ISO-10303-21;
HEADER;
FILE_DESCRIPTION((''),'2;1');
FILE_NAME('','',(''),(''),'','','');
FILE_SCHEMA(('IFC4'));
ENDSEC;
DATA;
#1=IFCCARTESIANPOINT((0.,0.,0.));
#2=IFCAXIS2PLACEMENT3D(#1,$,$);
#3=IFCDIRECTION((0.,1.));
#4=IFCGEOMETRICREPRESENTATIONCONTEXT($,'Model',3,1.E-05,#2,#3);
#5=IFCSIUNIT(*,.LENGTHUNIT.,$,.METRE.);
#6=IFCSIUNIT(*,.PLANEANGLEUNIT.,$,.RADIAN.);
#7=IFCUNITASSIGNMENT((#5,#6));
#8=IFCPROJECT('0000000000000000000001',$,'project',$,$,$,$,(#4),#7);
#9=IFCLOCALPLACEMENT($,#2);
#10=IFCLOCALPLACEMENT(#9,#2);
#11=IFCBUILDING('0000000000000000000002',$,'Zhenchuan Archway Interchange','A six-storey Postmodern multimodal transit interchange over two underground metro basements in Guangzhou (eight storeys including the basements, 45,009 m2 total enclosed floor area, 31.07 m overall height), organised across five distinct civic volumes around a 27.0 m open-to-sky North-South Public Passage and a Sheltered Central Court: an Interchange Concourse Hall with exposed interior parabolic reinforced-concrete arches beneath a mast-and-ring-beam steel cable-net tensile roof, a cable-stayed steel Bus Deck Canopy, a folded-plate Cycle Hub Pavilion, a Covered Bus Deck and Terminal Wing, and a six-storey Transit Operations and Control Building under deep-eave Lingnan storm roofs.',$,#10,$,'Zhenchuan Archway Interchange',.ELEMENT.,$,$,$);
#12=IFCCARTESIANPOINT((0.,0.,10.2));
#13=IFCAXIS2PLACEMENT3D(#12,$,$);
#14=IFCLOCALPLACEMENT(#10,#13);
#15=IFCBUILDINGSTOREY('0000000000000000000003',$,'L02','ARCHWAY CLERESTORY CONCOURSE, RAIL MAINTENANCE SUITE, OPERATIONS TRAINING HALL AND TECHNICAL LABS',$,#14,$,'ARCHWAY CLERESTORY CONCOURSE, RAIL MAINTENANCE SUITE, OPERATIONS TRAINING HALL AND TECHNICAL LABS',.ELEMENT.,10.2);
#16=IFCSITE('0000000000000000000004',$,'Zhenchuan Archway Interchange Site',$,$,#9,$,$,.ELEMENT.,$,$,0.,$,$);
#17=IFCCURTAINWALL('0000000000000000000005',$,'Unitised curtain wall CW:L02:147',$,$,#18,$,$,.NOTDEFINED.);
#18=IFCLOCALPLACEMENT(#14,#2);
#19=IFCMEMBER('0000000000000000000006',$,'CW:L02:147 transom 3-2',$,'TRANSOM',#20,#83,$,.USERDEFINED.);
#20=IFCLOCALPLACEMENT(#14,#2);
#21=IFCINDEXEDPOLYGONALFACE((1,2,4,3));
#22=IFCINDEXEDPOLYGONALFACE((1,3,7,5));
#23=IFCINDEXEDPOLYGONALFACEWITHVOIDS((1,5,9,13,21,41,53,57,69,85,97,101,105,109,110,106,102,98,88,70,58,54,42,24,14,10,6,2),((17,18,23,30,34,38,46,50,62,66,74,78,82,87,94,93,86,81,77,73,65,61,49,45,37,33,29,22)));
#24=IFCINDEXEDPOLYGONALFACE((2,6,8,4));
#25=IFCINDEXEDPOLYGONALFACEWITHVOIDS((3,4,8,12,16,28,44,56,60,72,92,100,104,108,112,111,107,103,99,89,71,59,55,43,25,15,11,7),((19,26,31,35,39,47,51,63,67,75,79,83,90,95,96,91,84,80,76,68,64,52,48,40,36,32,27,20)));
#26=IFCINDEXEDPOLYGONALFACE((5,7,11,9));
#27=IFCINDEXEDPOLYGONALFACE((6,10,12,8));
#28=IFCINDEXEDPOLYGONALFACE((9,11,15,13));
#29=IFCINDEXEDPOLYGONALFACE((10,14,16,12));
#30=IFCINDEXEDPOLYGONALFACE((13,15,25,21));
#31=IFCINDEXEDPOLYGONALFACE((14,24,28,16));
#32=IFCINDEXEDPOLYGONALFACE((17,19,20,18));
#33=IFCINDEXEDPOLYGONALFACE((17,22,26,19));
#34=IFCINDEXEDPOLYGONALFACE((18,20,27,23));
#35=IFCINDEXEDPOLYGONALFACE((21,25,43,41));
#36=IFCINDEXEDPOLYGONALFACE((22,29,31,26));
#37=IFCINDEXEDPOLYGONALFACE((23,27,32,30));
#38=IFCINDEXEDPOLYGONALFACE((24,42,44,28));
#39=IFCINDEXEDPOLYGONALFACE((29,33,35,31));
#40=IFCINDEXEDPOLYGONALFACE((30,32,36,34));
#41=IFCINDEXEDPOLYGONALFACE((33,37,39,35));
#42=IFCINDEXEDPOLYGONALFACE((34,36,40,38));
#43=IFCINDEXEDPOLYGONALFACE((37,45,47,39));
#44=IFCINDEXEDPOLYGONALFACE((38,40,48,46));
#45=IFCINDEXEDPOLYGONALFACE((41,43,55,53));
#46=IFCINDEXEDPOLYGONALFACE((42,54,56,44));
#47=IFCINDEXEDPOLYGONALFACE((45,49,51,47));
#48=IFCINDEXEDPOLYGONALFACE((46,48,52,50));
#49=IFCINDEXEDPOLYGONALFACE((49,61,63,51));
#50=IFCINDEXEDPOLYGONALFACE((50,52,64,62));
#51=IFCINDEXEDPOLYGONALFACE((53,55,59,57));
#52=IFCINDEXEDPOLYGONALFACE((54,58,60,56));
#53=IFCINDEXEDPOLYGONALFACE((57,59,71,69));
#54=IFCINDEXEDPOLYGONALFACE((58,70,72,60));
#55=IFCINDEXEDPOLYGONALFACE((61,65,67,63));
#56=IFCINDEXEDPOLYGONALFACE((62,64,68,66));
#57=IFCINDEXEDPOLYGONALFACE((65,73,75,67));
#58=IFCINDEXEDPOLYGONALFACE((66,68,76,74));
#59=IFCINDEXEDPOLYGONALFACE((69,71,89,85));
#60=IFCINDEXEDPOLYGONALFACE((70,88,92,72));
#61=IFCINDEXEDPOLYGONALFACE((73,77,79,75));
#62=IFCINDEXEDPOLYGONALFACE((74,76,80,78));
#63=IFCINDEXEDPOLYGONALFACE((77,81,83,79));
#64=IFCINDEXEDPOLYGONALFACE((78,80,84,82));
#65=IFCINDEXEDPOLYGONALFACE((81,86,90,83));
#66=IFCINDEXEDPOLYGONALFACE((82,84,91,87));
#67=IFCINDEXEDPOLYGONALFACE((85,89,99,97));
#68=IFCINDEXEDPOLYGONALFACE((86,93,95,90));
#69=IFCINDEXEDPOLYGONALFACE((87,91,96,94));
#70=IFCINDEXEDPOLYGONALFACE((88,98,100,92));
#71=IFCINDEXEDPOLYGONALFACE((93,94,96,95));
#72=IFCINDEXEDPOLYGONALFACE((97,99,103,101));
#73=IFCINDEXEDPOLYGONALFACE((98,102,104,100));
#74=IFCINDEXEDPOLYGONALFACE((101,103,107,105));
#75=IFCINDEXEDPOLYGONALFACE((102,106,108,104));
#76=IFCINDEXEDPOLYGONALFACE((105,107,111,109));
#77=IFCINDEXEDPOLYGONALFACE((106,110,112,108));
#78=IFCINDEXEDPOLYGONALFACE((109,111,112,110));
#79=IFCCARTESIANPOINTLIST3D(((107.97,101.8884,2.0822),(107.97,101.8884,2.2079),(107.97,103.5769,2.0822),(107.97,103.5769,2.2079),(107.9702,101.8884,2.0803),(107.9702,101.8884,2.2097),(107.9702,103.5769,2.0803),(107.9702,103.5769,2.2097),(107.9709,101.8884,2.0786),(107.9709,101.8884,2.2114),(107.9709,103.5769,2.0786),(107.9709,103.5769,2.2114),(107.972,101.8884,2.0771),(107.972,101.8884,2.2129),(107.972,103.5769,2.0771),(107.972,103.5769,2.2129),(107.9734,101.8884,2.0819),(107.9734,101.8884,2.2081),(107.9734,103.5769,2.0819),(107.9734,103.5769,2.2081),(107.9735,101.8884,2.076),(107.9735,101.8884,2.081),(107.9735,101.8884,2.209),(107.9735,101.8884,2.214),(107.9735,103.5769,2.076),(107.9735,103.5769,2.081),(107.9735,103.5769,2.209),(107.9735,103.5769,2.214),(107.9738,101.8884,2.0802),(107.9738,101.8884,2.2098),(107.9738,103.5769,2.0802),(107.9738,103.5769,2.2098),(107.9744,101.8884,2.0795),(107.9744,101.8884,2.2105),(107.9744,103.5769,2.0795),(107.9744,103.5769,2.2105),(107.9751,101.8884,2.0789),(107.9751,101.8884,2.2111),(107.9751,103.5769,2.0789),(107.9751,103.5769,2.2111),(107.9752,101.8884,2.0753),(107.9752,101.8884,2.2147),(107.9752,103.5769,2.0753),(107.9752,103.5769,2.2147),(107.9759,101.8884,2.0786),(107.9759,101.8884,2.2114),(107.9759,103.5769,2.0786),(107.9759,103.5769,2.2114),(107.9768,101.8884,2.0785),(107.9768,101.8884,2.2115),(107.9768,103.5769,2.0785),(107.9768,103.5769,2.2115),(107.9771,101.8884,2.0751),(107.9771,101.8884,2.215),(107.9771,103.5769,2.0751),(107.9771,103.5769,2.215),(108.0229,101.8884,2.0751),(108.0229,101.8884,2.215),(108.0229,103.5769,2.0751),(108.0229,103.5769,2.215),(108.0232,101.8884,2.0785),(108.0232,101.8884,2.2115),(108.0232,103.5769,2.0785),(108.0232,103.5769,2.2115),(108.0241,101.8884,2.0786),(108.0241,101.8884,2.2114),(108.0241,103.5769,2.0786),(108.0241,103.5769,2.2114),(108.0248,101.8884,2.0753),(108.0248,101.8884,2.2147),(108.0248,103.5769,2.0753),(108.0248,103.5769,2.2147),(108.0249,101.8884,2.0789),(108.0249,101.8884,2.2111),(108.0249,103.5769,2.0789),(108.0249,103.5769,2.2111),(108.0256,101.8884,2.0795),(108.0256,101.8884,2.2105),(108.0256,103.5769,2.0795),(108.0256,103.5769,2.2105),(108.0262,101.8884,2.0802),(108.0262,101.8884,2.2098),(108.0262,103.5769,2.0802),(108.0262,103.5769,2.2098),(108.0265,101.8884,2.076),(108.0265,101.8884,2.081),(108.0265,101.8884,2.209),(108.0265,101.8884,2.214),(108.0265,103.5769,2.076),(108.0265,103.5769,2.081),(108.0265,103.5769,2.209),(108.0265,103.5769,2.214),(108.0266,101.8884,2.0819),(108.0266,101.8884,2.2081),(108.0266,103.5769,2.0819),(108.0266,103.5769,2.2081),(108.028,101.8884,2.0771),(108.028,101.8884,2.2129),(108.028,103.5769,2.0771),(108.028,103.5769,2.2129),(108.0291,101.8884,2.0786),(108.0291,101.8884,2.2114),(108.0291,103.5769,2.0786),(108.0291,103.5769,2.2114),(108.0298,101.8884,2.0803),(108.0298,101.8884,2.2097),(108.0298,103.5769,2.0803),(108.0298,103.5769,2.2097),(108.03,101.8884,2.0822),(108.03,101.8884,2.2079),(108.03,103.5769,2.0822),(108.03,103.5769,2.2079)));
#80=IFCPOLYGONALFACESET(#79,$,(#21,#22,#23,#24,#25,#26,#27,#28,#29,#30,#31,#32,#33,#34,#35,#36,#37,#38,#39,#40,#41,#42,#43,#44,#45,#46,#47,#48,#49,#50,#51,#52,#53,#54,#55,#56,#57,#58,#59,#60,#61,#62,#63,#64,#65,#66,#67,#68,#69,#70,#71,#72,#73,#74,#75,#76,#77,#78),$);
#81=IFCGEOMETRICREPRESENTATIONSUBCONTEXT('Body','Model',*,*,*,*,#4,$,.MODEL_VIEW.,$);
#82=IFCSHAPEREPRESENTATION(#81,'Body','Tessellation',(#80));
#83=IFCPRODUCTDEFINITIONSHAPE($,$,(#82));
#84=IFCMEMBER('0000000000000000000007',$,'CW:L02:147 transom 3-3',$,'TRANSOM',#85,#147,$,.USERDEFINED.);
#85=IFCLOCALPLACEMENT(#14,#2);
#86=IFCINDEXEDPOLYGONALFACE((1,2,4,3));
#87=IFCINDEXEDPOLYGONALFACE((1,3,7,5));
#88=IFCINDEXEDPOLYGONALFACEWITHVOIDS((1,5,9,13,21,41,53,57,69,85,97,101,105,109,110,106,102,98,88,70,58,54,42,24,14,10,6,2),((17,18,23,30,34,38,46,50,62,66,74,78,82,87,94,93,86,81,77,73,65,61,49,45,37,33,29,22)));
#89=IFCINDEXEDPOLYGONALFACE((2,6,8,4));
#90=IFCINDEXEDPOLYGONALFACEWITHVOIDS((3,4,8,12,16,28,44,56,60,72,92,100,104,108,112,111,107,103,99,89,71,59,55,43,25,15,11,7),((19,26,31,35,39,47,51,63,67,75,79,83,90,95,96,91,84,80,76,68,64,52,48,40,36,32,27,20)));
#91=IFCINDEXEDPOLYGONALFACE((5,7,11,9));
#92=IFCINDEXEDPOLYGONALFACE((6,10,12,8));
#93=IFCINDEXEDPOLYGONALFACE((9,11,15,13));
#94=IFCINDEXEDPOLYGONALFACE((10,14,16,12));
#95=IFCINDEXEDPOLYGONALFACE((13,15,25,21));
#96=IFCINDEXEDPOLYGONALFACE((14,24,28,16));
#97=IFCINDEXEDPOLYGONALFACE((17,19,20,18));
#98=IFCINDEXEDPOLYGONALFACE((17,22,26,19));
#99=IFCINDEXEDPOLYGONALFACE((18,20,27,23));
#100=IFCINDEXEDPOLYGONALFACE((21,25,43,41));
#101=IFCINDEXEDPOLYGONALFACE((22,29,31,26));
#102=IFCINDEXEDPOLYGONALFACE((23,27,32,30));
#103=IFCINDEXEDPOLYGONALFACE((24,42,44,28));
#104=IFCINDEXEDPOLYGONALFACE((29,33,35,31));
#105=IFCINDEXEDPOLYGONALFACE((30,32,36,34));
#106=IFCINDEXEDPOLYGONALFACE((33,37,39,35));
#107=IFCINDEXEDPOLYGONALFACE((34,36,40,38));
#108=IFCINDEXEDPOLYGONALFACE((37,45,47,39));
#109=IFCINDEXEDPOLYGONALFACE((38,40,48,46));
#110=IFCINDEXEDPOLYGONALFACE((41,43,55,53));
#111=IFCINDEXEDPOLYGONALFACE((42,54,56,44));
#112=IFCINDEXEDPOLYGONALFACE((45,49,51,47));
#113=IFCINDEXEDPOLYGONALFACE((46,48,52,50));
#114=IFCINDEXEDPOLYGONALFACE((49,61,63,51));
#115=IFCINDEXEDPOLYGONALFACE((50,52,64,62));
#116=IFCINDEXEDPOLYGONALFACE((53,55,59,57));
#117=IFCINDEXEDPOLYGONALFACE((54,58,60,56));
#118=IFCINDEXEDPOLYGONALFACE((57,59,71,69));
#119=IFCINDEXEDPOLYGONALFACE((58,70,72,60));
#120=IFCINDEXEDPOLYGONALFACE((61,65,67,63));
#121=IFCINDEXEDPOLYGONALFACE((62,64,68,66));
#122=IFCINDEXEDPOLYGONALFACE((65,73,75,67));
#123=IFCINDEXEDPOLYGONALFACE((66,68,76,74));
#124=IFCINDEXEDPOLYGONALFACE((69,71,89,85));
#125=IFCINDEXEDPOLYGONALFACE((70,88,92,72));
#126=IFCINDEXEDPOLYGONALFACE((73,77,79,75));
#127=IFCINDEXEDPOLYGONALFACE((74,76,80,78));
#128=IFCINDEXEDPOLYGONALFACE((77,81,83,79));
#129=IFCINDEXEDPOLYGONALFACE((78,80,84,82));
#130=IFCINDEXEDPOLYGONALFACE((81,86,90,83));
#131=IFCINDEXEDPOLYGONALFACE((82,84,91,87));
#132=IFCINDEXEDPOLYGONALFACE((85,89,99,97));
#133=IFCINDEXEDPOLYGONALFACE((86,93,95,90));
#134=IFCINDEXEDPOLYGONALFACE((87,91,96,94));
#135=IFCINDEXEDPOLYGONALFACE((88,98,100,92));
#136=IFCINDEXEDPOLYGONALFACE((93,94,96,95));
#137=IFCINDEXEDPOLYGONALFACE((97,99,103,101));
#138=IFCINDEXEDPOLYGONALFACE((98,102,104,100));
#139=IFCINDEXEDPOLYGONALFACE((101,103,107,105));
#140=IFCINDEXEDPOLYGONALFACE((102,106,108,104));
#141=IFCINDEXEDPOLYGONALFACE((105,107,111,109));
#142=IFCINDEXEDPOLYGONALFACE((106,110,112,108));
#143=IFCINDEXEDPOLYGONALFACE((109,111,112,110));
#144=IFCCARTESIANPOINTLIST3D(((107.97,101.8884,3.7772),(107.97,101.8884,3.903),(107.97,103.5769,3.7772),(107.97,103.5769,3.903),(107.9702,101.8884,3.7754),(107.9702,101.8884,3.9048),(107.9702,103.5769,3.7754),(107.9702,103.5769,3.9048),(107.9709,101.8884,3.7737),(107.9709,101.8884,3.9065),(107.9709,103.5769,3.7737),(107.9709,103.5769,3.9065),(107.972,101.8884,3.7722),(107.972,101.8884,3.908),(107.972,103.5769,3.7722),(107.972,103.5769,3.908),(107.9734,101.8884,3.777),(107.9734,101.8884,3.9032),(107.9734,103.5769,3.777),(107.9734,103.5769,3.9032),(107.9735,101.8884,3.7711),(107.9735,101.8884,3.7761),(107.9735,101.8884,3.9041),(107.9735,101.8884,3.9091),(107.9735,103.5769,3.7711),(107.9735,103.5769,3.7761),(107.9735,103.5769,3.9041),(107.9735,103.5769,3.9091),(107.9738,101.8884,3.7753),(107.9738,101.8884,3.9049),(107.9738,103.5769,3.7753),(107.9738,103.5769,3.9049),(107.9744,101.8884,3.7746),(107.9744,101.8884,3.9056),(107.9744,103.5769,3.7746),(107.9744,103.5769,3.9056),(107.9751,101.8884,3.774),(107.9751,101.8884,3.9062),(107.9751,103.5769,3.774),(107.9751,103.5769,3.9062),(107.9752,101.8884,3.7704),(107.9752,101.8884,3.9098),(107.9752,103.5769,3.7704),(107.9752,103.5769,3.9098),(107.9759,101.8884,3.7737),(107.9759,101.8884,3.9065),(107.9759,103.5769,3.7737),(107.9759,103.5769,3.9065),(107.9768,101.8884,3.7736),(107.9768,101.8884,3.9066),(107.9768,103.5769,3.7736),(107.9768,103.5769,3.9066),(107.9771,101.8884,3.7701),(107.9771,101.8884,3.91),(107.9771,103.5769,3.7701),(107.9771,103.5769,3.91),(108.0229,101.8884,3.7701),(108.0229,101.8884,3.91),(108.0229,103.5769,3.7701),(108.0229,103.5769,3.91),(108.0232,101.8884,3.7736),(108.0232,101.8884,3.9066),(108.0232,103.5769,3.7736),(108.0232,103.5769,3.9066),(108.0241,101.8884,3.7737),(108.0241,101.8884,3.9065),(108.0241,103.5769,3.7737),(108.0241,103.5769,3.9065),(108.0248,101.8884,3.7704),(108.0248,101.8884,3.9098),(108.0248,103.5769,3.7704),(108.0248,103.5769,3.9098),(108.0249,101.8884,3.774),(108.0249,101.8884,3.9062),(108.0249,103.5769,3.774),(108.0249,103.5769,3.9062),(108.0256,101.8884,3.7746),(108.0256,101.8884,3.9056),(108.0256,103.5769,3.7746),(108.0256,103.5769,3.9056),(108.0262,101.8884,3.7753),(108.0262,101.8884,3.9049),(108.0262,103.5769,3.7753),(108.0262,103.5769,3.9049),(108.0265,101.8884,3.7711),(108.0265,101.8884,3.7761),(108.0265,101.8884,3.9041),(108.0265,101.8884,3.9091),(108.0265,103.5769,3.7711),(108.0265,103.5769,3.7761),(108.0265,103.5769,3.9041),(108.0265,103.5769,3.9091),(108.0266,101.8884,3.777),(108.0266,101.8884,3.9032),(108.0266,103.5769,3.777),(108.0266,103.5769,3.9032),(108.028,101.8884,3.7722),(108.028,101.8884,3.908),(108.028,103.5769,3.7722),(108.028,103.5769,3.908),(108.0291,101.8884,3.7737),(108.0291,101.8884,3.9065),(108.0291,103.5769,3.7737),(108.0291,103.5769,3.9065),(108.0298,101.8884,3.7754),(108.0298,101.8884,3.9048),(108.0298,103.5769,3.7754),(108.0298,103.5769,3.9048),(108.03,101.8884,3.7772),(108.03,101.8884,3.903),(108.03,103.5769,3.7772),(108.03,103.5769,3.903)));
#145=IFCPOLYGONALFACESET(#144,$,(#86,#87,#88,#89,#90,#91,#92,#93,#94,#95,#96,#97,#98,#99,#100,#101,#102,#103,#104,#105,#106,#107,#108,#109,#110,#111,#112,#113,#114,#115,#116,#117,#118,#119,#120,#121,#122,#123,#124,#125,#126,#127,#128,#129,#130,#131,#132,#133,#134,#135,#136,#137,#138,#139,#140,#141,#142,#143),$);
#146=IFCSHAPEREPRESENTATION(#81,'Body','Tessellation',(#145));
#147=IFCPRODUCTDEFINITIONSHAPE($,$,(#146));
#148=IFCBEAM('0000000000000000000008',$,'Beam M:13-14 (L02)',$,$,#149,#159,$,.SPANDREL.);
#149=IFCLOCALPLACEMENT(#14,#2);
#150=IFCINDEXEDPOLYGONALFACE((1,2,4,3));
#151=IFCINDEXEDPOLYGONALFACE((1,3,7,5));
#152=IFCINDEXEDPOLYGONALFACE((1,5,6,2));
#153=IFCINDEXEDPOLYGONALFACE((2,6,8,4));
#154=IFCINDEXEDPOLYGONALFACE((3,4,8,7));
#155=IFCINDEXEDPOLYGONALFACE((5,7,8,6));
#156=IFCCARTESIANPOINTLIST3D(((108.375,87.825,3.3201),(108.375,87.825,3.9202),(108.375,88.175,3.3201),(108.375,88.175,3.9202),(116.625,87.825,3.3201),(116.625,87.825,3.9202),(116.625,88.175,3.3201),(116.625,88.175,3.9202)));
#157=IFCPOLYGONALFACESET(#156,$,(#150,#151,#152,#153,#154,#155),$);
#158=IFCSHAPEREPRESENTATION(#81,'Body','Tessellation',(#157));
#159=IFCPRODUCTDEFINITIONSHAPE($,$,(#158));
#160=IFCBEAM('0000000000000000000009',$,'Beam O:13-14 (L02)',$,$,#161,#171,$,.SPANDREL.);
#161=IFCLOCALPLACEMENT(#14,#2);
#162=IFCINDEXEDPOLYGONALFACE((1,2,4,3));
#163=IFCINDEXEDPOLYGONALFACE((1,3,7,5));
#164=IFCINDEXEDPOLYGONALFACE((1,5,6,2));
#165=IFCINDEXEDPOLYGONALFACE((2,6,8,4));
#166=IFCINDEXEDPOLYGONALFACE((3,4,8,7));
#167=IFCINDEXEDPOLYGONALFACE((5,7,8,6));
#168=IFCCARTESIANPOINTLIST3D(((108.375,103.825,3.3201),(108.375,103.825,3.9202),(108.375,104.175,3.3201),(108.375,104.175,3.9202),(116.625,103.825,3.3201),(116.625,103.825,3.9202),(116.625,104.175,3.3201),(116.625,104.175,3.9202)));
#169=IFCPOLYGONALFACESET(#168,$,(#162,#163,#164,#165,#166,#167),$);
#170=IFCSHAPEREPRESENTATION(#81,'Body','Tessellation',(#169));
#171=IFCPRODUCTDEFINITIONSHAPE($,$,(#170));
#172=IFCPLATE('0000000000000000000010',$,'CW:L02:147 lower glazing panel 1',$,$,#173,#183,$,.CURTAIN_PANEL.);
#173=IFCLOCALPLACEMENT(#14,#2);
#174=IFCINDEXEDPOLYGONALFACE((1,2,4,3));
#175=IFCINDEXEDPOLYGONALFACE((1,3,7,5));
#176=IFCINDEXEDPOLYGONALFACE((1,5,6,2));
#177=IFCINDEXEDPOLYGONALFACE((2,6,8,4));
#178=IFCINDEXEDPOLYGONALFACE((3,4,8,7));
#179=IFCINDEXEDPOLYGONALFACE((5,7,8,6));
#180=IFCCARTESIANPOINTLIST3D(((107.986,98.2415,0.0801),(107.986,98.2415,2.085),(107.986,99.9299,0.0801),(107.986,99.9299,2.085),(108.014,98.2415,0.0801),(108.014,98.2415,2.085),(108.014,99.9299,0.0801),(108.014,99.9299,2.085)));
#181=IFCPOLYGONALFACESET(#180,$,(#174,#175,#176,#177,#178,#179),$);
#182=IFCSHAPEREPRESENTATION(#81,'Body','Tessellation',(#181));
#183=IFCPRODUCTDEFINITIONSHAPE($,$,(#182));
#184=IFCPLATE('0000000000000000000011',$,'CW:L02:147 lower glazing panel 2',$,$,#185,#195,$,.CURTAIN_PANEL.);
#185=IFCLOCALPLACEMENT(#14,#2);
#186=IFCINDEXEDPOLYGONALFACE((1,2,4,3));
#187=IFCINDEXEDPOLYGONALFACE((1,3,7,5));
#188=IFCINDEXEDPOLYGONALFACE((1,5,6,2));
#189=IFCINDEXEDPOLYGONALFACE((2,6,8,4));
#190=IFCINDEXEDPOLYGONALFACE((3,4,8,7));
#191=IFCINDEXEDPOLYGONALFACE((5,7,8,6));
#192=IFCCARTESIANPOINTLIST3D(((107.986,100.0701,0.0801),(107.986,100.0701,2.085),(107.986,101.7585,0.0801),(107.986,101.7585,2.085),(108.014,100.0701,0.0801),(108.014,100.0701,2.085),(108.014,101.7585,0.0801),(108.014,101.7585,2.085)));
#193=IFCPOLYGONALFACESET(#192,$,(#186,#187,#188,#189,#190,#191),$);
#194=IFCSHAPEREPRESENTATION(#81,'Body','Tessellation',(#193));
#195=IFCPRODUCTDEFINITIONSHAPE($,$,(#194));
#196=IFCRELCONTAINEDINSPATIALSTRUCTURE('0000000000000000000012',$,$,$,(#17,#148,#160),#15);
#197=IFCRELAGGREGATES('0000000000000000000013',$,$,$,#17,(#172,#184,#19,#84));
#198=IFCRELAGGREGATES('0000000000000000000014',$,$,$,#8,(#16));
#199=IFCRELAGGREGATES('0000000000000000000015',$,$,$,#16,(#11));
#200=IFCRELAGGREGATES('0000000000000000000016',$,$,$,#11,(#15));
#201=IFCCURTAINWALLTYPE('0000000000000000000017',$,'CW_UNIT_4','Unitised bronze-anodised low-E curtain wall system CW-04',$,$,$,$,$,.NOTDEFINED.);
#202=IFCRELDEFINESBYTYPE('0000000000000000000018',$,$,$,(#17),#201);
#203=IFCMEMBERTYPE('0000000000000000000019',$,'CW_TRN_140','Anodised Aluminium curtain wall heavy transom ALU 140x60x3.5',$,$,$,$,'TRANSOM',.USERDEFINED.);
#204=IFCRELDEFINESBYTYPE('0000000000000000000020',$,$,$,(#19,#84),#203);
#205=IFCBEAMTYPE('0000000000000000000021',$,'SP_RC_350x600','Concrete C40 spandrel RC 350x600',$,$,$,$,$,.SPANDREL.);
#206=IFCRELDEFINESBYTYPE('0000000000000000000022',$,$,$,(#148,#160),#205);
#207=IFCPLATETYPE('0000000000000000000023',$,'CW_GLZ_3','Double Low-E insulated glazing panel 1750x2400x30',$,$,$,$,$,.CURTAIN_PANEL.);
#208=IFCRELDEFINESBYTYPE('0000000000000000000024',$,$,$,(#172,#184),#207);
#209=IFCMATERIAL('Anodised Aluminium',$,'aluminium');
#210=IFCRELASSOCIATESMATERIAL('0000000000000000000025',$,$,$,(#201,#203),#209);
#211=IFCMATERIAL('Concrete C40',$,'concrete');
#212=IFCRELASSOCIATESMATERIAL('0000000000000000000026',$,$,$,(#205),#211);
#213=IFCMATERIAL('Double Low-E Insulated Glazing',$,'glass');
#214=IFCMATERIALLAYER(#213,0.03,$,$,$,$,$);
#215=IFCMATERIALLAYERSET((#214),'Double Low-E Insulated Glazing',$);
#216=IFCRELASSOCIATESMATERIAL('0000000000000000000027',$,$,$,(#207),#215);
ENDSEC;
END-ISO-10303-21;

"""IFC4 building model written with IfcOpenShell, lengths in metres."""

from ifc_helpers import new_model, si_unit, direction, frame, origin, origin_2d, place, context, subcontext, project, spatial, rectangle, hollow_rectangle, extrude, material, layer, layer_set, material_profile, profile_set, type_object, element, aggregate, save


model = new_model("IFC4")

# Units and contexts
model_context = context("Model", 3, precision=1e-05, world=origin(), true_north=direction((0.0, 1.0)))
body_context = subcontext(model_context, "Body", "Model", "MODEL_VIEW")
ifc_project = project(units=[si_unit("LENGTHUNIT", "METRE"), si_unit("PLANEANGLEUNIT", "RADIAN")], contexts=[model_context])

# Site, building, storey
site_placement = place(None, origin())
site = spatial("IfcSite", under=ifc_project, at=site_placement, Name="Zhenchuan Archway Interchange Site", CompositionType="ELEMENT", RefElevation=0.0)
building_placement = place(site_placement, origin())
building = spatial("IfcBuilding", under=site, at=building_placement, Name="Zhenchuan Archway Interchange", Description="A six-storey Postmodern multimodal transit interchange over two underground metro basements in Guangzhou (eight storeys including the basements, 45,009 m2 total enclosed floor area, 31.07 m overall height), organised across five distinct civic volumes around a 27.0 m open-to-sky North-South Public Passage and a Sheltered Central Court: an Interchange Concourse Hall with exposed interior parabolic reinforced-concrete arches beneath a mast-and-ring-beam steel cable-net tensile roof, a cable-stayed steel Bus Deck Canopy, a folded-plate Cycle Hub Pavilion, a Covered Bus Deck and Terminal Wing, and a six-storey Transit Operations and Control Building under deep-eave Lingnan storm roofs.", LongName="Zhenchuan Archway Interchange", CompositionType="ELEMENT")
storey_placement = place(building_placement, frame((0.0, 0.0, 10.2)))
storey = spatial("IfcBuildingStorey", under=building, at=storey_placement, Name="L02", Description="ARCHWAY CLERESTORY CONCOURSE, RAIL MAINTENANCE SUITE, OPERATIONS TRAINING HALL AND TECHNICAL LABS", LongName="ARCHWAY CLERESTORY CONCOURSE, RAIL MAINTENANCE SUITE, OPERATIONS TRAINING HALL AND TECHNICAL LABS", CompositionType="ELEMENT", Elevation=10.2)

# Shared definitions
ifc_material_1 = material(Name="Concrete C40", Category="concrete")

# Curtain wall, members
ifc_material_2 = material(Name="Anodised Aluminium", Category="aluminium")
curtain_wall_type = type_object("IfcCurtainWallType", Name="CW_UNIT_4", Description="Unitised bronze-anodised low-E curtain wall system CW-04", PredefinedType="NOTDEFINED", material=ifc_material_2)
curtain_wall_placement = place(storey_placement, origin())
curtain_wall = element("IfcCurtainWall", 1, at=curtain_wall_placement, inside=storey, type_object=curtain_wall_type, Name="Unitised curtain wall CW:L02:147", PredefinedType="NOTDEFINED")
ifc_material_profile_1 = material_profile(ifc_material_2, hollow_rectangle(XDim=0.0601, YDim=0.1399, WallThickness=0.0034, InnerFilletRadius=0.0034, OuterFilletRadius=0.0071, at=origin_2d()), Name="ALU 140x60x3.5")
ifc_profile_set_1 = profile_set([ifc_material_profile_1], Name="Anodised Aluminium")
member_type_1 = type_object("IfcMemberType", Name="CW_TRN_140", Description="Anodised Aluminium curtain wall heavy transom ALU 140x60x3.5", ElementType="TRANSOM", PredefinedType="USERDEFINED", material=ifc_profile_set_1)
member_1_placement = place(storey_placement, frame((108.0, 101.8884, 2.145), z_axis=(0.0, 1.0, 0.0), x_axis=(-1.0, 0.0, 0.0)))
member_1 = element("IfcMember", 2, at=member_1_placement, type_object=member_type_1, Name="CW:L02:147 transom 3-2", ObjectType="TRANSOM", PredefinedType="USERDEFINED", context=body_context, shape_type="SweptSolid", body=[
    extrude(hollow_rectangle(XDim=0.0601, YDim=0.1399, WallThickness=0.0034, InnerFilletRadius=0.0034, OuterFilletRadius=0.0071, at=origin_2d()), origin(), (0.0, 0.0, 1.0), 1.6885),
])
member_2_placement = place(storey_placement, frame((108.0, 101.8884, 3.8401), z_axis=(0.0, 1.0, 0.0), x_axis=(-1.0, 0.0, 0.0)))
member_2 = element("IfcMember", 3, at=member_2_placement, type_object=member_type_1, Name="CW:L02:147 transom 3-3", ObjectType="TRANSOM", PredefinedType="USERDEFINED", context=body_context, shape_type="SweptSolid", body=[
    extrude(hollow_rectangle(XDim=0.0601, YDim=0.1399, WallThickness=0.0034, InnerFilletRadius=0.0034, OuterFilletRadius=0.0071, at=origin_2d()), origin(), (0.0, 0.0, 1.0), 1.6885),
])

# Beams
ifc_material_profile_2 = material_profile(ifc_material_1, rectangle(XDim=0.3501, YDim=0.6001, at=origin_2d()), Name="RC 350x600")
ifc_profile_set_2 = profile_set([ifc_material_profile_2], Name="Concrete C40")
beam_type_1 = type_object("IfcBeamType", Name="SP_RC_350x600", Description="Concrete C40 spandrel RC 350x600", PredefinedType="SPANDREL", material=ifc_profile_set_2)
for number, where, z_axis, x_axis, name in (
    (4, (108.375, 88.0, 3.6201), (1.0, 0.0, 0.0), (0.0, 1.0, 0.0), "Beam M:13-14 (L02)"),
    (5, (108.375, 104.0, 3.6201), (1.0, 0.0, 0.0), (0.0, 1.0, 0.0), "Beam O:13-14 (L02)"),
):
    element("IfcBeam", number, at=place(storey_placement, frame(where, z_axis=z_axis, x_axis=x_axis)), inside=storey, type_object=beam_type_1, Name=name, PredefinedType="SPANDREL", context=body_context, shape_type="SweptSolid", body=[
        extrude(rectangle(XDim=0.3501, YDim=0.6001, at=origin_2d()), origin(), (0.0, 0.0, 1.0), 8.25),
    ])

# Plates
ifc_material_3 = material(Name="Double Low-E Insulated Glazing", Category="glass")
ifc_layer_1 = layer(ifc_material_3, 0.03)
ifc_layer_set_1 = layer_set([ifc_layer_1], Name="Double Low-E Insulated Glazing")
plate_type_1 = type_object("IfcPlateType", Name="CW_GLZ_3", Description="Double Low-E insulated glazing panel 1750x2400x30", PredefinedType="CURTAIN_PANEL", material=ifc_layer_set_1)
plate_1_placement = place(storey_placement, frame((108.0, 99.0857, 0.0801), z_axis=(0.0, 0.0, 1.0), x_axis=(0.0, 1.0, 0.0)))
plate_1 = element("IfcPlate", 6, at=plate_1_placement, type_object=plate_type_1, Name="CW:L02:147 lower glazing panel 1", PredefinedType="CURTAIN_PANEL", context=body_context, shape_type="SweptSolid", body=[
    extrude(rectangle(XDim=1.6885, YDim=0.0281, at=origin_2d()), origin(), (0.0, 0.0, 1.0), 2.0049),
])
plate_2_placement = place(storey_placement, frame((108.0, 100.9143, 0.0801), z_axis=(0.0, 0.0, 1.0), x_axis=(0.0, 1.0, 0.0)))
plate_2 = element("IfcPlate", 7, at=plate_2_placement, type_object=plate_type_1, Name="CW:L02:147 lower glazing panel 2", PredefinedType="CURTAIN_PANEL", context=body_context, shape_type="SweptSolid", body=[
    extrude(rectangle(XDim=1.6885, YDim=0.0281, at=origin_2d()), origin(), (0.0, 0.0, 1.0), 2.0049),
])
aggregate(curtain_wall, [plate_1, plate_2, member_1, member_2])

save(model, "model.ifc")
